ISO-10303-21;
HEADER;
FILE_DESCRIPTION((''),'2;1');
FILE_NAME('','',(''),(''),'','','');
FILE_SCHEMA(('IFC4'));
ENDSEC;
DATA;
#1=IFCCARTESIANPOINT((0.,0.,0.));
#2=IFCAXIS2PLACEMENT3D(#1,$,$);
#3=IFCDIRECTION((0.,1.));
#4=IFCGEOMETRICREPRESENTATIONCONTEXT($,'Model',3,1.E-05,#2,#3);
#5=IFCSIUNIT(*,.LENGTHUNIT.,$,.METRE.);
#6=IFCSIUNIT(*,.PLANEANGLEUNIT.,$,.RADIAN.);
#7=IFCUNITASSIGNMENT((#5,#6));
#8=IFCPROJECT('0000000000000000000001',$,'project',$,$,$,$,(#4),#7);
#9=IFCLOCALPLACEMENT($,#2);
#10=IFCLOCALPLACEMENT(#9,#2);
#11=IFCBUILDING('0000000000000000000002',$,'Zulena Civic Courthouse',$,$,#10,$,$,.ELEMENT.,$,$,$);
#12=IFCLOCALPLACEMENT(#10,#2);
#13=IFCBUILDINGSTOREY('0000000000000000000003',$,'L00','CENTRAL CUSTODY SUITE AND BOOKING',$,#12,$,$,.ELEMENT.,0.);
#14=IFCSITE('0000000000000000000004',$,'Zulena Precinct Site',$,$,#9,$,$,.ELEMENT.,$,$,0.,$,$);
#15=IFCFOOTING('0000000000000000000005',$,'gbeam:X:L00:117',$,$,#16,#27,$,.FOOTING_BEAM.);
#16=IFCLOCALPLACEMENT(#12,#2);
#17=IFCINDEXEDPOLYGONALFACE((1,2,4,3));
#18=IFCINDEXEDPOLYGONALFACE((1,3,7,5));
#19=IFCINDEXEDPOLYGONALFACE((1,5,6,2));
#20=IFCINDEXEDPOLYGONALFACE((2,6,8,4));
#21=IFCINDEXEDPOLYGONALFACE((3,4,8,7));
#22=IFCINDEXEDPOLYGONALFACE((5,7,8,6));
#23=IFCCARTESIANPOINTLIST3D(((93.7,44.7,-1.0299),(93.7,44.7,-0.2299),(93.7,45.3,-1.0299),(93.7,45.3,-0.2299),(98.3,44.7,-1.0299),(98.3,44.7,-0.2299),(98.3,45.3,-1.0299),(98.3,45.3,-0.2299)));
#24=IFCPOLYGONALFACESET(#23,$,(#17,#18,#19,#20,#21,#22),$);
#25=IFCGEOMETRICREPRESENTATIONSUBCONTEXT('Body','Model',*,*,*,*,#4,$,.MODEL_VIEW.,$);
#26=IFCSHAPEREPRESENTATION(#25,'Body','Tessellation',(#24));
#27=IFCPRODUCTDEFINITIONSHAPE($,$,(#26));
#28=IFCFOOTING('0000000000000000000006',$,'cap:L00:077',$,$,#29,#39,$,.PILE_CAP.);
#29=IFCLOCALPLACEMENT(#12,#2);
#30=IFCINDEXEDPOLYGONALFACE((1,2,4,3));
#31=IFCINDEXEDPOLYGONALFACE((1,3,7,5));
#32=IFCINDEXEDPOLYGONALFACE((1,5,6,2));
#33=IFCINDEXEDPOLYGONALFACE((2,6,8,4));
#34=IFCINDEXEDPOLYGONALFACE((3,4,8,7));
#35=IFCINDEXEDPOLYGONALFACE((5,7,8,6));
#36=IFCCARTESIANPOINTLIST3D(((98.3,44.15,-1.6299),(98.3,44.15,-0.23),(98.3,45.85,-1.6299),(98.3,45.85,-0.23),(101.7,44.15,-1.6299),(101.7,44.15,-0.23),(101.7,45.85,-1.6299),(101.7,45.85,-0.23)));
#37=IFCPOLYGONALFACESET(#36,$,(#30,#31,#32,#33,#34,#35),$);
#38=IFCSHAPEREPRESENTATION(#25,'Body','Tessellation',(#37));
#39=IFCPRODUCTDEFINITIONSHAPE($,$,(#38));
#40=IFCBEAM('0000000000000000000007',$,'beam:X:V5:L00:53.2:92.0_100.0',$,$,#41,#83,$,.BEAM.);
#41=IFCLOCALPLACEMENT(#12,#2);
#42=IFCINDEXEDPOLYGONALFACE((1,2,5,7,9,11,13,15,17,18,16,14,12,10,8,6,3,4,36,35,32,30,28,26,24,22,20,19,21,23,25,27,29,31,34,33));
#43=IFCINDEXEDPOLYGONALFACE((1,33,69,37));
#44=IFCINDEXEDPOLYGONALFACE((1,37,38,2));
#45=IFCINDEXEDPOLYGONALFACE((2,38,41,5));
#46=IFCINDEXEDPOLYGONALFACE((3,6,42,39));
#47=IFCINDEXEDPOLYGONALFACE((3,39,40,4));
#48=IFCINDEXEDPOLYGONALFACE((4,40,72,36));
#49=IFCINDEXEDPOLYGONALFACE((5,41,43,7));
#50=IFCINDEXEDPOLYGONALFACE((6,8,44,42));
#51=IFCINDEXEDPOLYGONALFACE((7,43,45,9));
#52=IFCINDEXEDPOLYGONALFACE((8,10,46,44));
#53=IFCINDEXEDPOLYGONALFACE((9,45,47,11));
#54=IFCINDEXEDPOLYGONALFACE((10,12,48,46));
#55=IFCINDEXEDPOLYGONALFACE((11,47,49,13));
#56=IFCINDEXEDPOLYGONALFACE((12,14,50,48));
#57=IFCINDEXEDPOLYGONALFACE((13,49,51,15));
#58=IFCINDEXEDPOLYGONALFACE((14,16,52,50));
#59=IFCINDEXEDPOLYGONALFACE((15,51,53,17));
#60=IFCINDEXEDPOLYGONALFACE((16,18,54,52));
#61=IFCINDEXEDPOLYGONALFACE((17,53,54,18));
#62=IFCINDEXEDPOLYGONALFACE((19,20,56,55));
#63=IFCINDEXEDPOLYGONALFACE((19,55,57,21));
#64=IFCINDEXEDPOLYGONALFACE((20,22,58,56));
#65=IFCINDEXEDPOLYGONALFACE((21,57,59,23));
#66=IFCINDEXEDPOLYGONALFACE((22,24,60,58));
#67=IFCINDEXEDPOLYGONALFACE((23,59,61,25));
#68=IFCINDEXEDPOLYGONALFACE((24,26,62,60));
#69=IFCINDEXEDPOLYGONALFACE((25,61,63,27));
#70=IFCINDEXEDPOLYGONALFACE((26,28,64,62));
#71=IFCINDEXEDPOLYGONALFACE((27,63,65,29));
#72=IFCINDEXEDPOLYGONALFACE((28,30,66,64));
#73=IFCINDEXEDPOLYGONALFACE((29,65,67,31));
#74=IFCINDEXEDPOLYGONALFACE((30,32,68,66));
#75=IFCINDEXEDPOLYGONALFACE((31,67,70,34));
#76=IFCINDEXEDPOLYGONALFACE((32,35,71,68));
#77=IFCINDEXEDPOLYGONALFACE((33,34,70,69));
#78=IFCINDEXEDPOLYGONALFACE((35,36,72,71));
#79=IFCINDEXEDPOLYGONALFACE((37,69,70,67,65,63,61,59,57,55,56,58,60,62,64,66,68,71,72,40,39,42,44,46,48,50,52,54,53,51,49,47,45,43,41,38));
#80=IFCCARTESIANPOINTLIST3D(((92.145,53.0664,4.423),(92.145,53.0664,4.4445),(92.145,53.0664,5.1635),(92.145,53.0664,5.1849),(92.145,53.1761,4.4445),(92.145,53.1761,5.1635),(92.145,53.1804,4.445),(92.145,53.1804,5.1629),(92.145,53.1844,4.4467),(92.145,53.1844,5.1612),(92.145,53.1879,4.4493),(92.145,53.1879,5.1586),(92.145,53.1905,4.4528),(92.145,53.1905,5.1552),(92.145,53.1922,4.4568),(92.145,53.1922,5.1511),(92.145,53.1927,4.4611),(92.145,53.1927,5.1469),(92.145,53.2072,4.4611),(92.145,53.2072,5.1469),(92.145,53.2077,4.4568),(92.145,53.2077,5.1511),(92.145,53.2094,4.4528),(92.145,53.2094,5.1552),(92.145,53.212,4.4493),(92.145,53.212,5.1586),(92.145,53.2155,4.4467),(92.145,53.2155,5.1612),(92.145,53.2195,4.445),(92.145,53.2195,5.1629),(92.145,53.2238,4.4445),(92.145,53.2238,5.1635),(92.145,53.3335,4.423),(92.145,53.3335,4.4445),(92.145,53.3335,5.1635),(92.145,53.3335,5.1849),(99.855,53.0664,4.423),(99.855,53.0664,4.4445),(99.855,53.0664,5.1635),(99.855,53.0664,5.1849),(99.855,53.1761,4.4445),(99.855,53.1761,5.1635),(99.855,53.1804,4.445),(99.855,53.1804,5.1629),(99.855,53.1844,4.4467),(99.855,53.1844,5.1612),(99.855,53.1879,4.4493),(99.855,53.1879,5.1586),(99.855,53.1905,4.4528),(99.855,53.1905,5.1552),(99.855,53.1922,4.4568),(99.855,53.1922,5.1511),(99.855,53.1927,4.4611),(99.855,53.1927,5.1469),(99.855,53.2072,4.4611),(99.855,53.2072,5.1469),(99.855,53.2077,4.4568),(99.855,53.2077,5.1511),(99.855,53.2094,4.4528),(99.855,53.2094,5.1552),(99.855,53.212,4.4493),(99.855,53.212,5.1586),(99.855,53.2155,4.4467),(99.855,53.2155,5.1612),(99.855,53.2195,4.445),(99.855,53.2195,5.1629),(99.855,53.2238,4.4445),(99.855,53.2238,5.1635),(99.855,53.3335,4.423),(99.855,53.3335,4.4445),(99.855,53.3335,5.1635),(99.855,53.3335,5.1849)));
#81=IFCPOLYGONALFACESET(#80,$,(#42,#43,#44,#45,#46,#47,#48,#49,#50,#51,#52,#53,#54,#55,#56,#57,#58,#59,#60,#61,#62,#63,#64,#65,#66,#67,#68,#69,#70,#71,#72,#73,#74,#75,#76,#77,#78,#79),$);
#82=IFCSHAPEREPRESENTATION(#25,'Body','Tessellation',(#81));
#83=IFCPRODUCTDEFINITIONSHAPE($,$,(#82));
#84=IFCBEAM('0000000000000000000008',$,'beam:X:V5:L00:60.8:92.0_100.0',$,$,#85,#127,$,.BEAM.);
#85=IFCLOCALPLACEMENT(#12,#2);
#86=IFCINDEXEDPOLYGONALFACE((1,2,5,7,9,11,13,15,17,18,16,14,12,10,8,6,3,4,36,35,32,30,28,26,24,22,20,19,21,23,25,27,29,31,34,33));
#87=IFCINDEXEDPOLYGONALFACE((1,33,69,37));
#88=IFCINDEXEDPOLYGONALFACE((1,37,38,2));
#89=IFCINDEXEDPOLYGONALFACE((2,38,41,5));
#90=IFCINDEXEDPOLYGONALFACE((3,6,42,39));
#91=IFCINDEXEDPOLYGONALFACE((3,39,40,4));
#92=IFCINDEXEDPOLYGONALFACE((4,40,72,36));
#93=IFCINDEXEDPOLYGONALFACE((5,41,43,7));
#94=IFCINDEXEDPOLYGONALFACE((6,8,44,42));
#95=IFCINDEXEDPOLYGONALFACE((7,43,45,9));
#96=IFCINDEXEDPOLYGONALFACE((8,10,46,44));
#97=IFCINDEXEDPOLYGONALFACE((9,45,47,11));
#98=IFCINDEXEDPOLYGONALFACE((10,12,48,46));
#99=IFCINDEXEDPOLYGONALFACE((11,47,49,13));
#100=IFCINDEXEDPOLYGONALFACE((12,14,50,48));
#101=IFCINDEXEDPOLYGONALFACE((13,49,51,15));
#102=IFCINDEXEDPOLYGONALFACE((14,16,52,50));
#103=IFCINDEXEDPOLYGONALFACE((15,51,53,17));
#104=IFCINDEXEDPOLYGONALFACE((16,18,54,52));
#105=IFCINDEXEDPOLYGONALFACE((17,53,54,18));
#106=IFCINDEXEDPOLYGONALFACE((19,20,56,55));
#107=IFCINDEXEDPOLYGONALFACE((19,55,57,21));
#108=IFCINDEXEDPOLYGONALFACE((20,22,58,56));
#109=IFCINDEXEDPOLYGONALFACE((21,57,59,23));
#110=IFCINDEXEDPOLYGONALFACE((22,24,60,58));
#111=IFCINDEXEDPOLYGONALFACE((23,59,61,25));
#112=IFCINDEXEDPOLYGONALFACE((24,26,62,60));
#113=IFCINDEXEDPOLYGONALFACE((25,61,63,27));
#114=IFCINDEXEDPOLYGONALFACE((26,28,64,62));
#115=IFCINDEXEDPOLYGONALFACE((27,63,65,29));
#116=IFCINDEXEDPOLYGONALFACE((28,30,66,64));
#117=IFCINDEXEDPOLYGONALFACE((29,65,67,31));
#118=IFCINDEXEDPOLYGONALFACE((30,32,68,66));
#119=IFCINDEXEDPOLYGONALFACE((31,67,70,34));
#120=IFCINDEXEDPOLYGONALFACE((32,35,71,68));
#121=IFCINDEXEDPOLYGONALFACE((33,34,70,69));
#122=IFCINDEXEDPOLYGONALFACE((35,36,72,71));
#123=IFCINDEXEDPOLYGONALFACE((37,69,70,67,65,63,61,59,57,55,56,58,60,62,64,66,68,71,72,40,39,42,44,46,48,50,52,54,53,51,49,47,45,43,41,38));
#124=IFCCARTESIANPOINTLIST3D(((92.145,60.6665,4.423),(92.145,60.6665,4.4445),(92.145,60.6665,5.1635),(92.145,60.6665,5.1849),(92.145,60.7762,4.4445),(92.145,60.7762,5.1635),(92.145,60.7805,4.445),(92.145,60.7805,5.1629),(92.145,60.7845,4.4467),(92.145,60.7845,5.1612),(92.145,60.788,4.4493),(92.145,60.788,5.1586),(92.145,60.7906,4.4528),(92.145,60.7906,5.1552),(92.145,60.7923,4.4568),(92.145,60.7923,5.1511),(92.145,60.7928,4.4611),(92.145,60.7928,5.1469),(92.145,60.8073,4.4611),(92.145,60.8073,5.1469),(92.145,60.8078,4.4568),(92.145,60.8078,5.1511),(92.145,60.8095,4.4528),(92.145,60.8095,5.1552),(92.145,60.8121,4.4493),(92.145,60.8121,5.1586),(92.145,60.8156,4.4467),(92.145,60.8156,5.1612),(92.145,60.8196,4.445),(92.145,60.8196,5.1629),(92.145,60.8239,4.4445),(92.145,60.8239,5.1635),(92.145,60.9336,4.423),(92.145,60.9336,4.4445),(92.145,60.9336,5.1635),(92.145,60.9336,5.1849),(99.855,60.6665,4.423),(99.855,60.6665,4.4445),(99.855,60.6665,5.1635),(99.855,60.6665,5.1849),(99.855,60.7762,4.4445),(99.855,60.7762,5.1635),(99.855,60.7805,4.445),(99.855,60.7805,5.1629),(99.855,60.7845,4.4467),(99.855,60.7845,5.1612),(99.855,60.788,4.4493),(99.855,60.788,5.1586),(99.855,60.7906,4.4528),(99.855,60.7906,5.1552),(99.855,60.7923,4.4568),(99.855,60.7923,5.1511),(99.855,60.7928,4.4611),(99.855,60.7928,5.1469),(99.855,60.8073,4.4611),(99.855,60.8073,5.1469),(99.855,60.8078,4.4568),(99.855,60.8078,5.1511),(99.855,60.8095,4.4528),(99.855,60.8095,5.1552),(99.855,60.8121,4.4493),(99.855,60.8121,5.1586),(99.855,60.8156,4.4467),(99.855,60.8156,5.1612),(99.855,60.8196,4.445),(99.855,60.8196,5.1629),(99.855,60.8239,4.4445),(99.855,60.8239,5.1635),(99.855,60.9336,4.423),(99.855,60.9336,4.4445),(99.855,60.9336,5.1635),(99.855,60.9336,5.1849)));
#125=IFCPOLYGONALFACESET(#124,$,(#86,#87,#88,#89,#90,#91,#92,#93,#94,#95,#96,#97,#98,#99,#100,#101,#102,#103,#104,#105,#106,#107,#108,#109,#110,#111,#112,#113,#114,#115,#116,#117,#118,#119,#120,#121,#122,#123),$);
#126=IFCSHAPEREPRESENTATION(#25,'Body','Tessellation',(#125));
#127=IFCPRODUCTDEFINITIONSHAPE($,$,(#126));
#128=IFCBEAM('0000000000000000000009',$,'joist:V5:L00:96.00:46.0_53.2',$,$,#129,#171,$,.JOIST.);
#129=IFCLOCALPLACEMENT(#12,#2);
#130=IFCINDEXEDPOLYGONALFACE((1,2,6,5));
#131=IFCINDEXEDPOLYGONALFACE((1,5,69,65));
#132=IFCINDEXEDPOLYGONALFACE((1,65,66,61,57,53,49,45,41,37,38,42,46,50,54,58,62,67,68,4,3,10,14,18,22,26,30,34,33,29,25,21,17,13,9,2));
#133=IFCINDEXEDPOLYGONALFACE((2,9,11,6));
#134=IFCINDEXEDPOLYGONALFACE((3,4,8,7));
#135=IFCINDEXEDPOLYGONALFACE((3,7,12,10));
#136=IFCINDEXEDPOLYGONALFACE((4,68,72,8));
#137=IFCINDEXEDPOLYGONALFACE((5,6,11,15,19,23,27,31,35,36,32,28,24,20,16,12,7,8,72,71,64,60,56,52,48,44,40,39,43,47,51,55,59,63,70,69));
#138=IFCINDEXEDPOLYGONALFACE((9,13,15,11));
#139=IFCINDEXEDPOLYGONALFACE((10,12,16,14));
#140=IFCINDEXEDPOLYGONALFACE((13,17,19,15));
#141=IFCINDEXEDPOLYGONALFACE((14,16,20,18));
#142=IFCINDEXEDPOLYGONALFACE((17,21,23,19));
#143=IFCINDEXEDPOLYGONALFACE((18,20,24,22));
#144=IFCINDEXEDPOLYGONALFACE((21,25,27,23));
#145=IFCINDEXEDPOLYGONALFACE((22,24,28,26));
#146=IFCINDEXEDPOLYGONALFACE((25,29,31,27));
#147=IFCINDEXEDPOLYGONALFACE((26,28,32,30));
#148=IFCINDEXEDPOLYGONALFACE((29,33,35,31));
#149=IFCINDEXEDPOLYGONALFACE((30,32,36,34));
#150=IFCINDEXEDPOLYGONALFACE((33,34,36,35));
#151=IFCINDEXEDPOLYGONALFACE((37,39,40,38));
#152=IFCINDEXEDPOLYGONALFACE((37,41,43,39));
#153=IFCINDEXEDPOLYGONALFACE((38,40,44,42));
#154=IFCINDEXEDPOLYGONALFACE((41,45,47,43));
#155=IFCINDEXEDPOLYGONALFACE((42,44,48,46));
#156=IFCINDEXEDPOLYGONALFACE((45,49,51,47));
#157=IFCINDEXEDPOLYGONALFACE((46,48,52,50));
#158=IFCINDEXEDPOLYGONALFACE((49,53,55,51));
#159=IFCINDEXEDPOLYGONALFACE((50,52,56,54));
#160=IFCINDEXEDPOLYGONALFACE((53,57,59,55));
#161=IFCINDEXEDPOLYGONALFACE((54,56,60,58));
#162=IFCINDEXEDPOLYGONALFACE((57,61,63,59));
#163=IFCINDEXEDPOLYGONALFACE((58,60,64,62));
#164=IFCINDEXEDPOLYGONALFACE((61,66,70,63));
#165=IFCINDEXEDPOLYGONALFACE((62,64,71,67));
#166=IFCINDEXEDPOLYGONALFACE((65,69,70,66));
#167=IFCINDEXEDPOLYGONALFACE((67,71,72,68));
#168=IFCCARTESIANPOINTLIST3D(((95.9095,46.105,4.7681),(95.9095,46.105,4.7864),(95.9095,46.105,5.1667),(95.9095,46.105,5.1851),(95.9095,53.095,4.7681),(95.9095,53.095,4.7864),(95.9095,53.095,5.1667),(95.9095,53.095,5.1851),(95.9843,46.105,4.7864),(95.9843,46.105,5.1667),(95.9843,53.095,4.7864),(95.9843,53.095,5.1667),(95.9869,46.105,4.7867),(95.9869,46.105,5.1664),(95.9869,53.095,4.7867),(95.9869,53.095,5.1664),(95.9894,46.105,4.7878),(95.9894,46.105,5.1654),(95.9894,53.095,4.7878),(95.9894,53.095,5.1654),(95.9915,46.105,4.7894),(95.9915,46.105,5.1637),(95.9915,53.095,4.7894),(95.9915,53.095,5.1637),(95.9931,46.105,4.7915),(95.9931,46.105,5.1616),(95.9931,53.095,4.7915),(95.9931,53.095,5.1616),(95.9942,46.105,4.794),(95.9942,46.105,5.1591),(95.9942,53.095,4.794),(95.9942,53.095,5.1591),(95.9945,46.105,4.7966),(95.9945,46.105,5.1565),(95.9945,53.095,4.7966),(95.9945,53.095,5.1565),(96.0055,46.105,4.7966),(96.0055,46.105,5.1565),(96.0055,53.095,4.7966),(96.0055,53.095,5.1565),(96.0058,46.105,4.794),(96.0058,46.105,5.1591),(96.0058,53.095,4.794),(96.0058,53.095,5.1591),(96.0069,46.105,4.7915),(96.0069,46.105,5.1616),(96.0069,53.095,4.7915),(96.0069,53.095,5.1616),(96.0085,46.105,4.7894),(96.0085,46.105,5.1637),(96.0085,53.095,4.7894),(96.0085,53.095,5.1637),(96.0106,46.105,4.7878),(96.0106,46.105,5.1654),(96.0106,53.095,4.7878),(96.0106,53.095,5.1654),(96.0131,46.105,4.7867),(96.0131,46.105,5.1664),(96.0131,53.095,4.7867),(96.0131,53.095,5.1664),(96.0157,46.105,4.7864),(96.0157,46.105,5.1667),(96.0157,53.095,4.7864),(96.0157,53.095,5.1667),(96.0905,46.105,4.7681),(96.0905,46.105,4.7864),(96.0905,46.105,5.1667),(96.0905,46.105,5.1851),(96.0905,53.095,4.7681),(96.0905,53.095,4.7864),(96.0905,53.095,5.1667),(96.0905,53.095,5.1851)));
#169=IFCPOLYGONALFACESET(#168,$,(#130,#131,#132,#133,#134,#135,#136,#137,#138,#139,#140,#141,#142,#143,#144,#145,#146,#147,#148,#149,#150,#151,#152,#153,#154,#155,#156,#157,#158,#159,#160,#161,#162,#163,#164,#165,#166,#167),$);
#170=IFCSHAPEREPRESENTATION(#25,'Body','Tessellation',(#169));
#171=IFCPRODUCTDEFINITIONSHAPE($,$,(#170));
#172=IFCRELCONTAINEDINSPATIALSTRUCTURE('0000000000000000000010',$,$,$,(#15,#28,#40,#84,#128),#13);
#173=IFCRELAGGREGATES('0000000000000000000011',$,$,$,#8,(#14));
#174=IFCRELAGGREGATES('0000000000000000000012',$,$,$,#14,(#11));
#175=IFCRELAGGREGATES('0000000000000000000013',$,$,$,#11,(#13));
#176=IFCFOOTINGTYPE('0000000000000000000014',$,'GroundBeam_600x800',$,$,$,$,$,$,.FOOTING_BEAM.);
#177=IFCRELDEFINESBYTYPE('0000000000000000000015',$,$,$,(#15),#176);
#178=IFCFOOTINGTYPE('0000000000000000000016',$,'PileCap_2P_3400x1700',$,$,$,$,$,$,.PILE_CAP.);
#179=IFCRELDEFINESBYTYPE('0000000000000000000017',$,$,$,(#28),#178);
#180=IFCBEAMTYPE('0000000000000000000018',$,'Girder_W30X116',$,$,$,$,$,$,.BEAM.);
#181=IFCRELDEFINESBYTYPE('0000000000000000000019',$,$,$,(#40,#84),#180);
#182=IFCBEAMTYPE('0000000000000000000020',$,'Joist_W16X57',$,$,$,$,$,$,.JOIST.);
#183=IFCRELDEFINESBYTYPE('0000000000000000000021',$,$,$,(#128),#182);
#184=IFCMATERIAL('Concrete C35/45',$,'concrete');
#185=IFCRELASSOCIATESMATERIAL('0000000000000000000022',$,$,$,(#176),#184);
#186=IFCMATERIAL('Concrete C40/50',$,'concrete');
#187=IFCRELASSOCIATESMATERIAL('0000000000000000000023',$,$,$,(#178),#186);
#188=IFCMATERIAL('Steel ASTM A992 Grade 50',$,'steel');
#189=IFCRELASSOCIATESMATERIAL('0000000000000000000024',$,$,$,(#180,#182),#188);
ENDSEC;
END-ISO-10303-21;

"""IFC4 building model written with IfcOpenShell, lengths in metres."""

from ifc_helpers import new_model, si_unit, direction, frame, origin, origin_2d, place, context, subcontext, project, spatial, rectangle, i_section, extrude, material, material_profile, profile_set, type_object, element, save


model = new_model("IFC4")

# Units and contexts
model_context = context("Model", 3, precision=1e-05, world=origin(), true_north=direction((0.0, 1.0)))
body_context = subcontext(model_context, "Body", "Model", "MODEL_VIEW")
ifc_project = project(units=[si_unit("LENGTHUNIT", "METRE"), si_unit("PLANEANGLEUNIT", "RADIAN")], contexts=[model_context])

# Site, building, storey
site_placement = place(None, origin())
site = spatial("IfcSite", under=ifc_project, at=site_placement, Name="Zulena Precinct Site", CompositionType="ELEMENT", RefElevation=0.0)
building_placement = place(site_placement, origin())
building = spatial("IfcBuilding", under=site, at=building_placement, Name="Zulena Civic Courthouse", CompositionType="ELEMENT")
storey_placement = place(building_placement, origin())
storey = spatial("IfcBuildingStorey", under=building, at=storey_placement, Name="L00", Description="CENTRAL CUSTODY SUITE AND BOOKING", CompositionType="ELEMENT", Elevation=0.0)

# Footings
ifc_material_1 = material(Name="Concrete C35/45", Category="concrete")
ifc_material_profile_1 = material_profile(ifc_material_1, rectangle(XDim=0.6001, YDim=0.8, at=origin_2d()), Name="RC600X800")
ifc_profile_set_1 = profile_set([ifc_material_profile_1], Name="Concrete C35/45")
footing_type_1 = type_object("IfcFootingType", Name="GroundBeam_600x800", PredefinedType="FOOTING_BEAM", material=ifc_profile_set_1)
footing_1_placement = place(storey_placement, frame((93.7, 45.0, -0.6299), z_axis=(1.0, 0.0, 0.0), x_axis=(0.0, 1.0, 0.0)))
element("IfcFooting", 1, at=footing_1_placement, inside=storey, type_object=footing_type_1, Name="gbeam:X:L00:117", PredefinedType="FOOTING_BEAM", context=body_context, shape_type="SweptSolid", body=[
    extrude(rectangle(XDim=0.6001, YDim=0.8, at=origin_2d()), origin(), (0.0, 0.0, 1.0), 4.6001),
])
ifc_material_2 = material(Name="Concrete C40/50", Category="concrete")
footing_type_2 = type_object("IfcFootingType", Name="PileCap_2P_3400x1700", PredefinedType="PILE_CAP", material=ifc_material_2)
footing_2_placement = place(storey_placement, frame((100.0, 45.0, -1.6299), z_axis=(0.0, 0.0, 1.0), x_axis=(1.0, 0.0, 0.0)))
element("IfcFooting", 2, at=footing_2_placement, inside=storey, type_object=footing_type_2, Name="cap:L00:077", PredefinedType="PILE_CAP", context=body_context, shape_type="SweptSolid", body=[
    extrude(rectangle(XDim=3.3999, YDim=1.7, at=origin_2d()), origin(), (0.0, 0.0, 1.0), 1.3999),
])

# Beams
ifc_material_3 = material(Name="Steel ASTM A992 Grade 50", Category="steel")
ifc_material_profile_2 = material_profile(ifc_material_3, i_section(OverallWidth=0.2671, OverallDepth=0.762, WebThickness=0.0144, FlangeThickness=0.0215, FilletRadius=0.0166, at=origin_2d()), Name="W30X116")
ifc_profile_set_2 = profile_set([ifc_material_profile_2], Name="Steel ASTM A992 Grade 50")
beam_type_1 = type_object("IfcBeamType", Name="Girder_W30X116", PredefinedType="BEAM", material=ifc_profile_set_2)
for number, where, z_axis, x_axis, name in (
    (3, (92.145, 53.2, 4.804), (1.0, 0.0, 0.0), (0.0, 1.0, 0.0), "beam:X:V5:L00:53.2:92.0_100.0"),
    (4, (92.145, 60.8, 4.804), (1.0, 0.0, 0.0), (0.0, 1.0, 0.0), "beam:X:V5:L00:60.8:92.0_100.0"),
):
    element("IfcBeam", number, at=place(storey_placement, frame(where, z_axis=z_axis, x_axis=x_axis)), inside=storey, type_object=beam_type_1, Name=name, PredefinedType="BEAM", context=body_context, shape_type="SweptSolid", body=[
        extrude(i_section(OverallWidth=0.2671, OverallDepth=0.762, WebThickness=0.0144, FlangeThickness=0.0215, FilletRadius=0.0166, at=origin_2d()), origin(), (0.0, 0.0, 1.0), 7.71),
    ])
ifc_material_profile_3 = material_profile(ifc_material_3, i_section(OverallWidth=0.1809, OverallDepth=0.417, WebThickness=0.011, FlangeThickness=0.0183, FilletRadius=0.0103, at=origin_2d()), Name="W16X57")
ifc_profile_set_3 = profile_set([ifc_material_profile_3], Name="Steel ASTM A992 Grade 50")
beam_type_2 = type_object("IfcBeamType", Name="Joist_W16X57", PredefinedType="JOIST", material=ifc_profile_set_3)
beam_1_placement = place(storey_placement, frame((96.0, 46.105, 4.9766), z_axis=(0.0, 1.0, 0.0), x_axis=(-1.0, 0.0, 0.0)))
element("IfcBeam", 5, at=beam_1_placement, inside=storey, type_object=beam_type_2, Name="joist:V5:L00:96.00:46.0_53.2", PredefinedType="JOIST", context=body_context, shape_type="SweptSolid", body=[
    extrude(i_section(OverallWidth=0.1809, OverallDepth=0.417, WebThickness=0.011, FlangeThickness=0.0183, FilletRadius=0.0103, at=origin_2d()), origin(), (0.0, 0.0, 1.0), 6.99),
])

save(model, "model.ifc")
